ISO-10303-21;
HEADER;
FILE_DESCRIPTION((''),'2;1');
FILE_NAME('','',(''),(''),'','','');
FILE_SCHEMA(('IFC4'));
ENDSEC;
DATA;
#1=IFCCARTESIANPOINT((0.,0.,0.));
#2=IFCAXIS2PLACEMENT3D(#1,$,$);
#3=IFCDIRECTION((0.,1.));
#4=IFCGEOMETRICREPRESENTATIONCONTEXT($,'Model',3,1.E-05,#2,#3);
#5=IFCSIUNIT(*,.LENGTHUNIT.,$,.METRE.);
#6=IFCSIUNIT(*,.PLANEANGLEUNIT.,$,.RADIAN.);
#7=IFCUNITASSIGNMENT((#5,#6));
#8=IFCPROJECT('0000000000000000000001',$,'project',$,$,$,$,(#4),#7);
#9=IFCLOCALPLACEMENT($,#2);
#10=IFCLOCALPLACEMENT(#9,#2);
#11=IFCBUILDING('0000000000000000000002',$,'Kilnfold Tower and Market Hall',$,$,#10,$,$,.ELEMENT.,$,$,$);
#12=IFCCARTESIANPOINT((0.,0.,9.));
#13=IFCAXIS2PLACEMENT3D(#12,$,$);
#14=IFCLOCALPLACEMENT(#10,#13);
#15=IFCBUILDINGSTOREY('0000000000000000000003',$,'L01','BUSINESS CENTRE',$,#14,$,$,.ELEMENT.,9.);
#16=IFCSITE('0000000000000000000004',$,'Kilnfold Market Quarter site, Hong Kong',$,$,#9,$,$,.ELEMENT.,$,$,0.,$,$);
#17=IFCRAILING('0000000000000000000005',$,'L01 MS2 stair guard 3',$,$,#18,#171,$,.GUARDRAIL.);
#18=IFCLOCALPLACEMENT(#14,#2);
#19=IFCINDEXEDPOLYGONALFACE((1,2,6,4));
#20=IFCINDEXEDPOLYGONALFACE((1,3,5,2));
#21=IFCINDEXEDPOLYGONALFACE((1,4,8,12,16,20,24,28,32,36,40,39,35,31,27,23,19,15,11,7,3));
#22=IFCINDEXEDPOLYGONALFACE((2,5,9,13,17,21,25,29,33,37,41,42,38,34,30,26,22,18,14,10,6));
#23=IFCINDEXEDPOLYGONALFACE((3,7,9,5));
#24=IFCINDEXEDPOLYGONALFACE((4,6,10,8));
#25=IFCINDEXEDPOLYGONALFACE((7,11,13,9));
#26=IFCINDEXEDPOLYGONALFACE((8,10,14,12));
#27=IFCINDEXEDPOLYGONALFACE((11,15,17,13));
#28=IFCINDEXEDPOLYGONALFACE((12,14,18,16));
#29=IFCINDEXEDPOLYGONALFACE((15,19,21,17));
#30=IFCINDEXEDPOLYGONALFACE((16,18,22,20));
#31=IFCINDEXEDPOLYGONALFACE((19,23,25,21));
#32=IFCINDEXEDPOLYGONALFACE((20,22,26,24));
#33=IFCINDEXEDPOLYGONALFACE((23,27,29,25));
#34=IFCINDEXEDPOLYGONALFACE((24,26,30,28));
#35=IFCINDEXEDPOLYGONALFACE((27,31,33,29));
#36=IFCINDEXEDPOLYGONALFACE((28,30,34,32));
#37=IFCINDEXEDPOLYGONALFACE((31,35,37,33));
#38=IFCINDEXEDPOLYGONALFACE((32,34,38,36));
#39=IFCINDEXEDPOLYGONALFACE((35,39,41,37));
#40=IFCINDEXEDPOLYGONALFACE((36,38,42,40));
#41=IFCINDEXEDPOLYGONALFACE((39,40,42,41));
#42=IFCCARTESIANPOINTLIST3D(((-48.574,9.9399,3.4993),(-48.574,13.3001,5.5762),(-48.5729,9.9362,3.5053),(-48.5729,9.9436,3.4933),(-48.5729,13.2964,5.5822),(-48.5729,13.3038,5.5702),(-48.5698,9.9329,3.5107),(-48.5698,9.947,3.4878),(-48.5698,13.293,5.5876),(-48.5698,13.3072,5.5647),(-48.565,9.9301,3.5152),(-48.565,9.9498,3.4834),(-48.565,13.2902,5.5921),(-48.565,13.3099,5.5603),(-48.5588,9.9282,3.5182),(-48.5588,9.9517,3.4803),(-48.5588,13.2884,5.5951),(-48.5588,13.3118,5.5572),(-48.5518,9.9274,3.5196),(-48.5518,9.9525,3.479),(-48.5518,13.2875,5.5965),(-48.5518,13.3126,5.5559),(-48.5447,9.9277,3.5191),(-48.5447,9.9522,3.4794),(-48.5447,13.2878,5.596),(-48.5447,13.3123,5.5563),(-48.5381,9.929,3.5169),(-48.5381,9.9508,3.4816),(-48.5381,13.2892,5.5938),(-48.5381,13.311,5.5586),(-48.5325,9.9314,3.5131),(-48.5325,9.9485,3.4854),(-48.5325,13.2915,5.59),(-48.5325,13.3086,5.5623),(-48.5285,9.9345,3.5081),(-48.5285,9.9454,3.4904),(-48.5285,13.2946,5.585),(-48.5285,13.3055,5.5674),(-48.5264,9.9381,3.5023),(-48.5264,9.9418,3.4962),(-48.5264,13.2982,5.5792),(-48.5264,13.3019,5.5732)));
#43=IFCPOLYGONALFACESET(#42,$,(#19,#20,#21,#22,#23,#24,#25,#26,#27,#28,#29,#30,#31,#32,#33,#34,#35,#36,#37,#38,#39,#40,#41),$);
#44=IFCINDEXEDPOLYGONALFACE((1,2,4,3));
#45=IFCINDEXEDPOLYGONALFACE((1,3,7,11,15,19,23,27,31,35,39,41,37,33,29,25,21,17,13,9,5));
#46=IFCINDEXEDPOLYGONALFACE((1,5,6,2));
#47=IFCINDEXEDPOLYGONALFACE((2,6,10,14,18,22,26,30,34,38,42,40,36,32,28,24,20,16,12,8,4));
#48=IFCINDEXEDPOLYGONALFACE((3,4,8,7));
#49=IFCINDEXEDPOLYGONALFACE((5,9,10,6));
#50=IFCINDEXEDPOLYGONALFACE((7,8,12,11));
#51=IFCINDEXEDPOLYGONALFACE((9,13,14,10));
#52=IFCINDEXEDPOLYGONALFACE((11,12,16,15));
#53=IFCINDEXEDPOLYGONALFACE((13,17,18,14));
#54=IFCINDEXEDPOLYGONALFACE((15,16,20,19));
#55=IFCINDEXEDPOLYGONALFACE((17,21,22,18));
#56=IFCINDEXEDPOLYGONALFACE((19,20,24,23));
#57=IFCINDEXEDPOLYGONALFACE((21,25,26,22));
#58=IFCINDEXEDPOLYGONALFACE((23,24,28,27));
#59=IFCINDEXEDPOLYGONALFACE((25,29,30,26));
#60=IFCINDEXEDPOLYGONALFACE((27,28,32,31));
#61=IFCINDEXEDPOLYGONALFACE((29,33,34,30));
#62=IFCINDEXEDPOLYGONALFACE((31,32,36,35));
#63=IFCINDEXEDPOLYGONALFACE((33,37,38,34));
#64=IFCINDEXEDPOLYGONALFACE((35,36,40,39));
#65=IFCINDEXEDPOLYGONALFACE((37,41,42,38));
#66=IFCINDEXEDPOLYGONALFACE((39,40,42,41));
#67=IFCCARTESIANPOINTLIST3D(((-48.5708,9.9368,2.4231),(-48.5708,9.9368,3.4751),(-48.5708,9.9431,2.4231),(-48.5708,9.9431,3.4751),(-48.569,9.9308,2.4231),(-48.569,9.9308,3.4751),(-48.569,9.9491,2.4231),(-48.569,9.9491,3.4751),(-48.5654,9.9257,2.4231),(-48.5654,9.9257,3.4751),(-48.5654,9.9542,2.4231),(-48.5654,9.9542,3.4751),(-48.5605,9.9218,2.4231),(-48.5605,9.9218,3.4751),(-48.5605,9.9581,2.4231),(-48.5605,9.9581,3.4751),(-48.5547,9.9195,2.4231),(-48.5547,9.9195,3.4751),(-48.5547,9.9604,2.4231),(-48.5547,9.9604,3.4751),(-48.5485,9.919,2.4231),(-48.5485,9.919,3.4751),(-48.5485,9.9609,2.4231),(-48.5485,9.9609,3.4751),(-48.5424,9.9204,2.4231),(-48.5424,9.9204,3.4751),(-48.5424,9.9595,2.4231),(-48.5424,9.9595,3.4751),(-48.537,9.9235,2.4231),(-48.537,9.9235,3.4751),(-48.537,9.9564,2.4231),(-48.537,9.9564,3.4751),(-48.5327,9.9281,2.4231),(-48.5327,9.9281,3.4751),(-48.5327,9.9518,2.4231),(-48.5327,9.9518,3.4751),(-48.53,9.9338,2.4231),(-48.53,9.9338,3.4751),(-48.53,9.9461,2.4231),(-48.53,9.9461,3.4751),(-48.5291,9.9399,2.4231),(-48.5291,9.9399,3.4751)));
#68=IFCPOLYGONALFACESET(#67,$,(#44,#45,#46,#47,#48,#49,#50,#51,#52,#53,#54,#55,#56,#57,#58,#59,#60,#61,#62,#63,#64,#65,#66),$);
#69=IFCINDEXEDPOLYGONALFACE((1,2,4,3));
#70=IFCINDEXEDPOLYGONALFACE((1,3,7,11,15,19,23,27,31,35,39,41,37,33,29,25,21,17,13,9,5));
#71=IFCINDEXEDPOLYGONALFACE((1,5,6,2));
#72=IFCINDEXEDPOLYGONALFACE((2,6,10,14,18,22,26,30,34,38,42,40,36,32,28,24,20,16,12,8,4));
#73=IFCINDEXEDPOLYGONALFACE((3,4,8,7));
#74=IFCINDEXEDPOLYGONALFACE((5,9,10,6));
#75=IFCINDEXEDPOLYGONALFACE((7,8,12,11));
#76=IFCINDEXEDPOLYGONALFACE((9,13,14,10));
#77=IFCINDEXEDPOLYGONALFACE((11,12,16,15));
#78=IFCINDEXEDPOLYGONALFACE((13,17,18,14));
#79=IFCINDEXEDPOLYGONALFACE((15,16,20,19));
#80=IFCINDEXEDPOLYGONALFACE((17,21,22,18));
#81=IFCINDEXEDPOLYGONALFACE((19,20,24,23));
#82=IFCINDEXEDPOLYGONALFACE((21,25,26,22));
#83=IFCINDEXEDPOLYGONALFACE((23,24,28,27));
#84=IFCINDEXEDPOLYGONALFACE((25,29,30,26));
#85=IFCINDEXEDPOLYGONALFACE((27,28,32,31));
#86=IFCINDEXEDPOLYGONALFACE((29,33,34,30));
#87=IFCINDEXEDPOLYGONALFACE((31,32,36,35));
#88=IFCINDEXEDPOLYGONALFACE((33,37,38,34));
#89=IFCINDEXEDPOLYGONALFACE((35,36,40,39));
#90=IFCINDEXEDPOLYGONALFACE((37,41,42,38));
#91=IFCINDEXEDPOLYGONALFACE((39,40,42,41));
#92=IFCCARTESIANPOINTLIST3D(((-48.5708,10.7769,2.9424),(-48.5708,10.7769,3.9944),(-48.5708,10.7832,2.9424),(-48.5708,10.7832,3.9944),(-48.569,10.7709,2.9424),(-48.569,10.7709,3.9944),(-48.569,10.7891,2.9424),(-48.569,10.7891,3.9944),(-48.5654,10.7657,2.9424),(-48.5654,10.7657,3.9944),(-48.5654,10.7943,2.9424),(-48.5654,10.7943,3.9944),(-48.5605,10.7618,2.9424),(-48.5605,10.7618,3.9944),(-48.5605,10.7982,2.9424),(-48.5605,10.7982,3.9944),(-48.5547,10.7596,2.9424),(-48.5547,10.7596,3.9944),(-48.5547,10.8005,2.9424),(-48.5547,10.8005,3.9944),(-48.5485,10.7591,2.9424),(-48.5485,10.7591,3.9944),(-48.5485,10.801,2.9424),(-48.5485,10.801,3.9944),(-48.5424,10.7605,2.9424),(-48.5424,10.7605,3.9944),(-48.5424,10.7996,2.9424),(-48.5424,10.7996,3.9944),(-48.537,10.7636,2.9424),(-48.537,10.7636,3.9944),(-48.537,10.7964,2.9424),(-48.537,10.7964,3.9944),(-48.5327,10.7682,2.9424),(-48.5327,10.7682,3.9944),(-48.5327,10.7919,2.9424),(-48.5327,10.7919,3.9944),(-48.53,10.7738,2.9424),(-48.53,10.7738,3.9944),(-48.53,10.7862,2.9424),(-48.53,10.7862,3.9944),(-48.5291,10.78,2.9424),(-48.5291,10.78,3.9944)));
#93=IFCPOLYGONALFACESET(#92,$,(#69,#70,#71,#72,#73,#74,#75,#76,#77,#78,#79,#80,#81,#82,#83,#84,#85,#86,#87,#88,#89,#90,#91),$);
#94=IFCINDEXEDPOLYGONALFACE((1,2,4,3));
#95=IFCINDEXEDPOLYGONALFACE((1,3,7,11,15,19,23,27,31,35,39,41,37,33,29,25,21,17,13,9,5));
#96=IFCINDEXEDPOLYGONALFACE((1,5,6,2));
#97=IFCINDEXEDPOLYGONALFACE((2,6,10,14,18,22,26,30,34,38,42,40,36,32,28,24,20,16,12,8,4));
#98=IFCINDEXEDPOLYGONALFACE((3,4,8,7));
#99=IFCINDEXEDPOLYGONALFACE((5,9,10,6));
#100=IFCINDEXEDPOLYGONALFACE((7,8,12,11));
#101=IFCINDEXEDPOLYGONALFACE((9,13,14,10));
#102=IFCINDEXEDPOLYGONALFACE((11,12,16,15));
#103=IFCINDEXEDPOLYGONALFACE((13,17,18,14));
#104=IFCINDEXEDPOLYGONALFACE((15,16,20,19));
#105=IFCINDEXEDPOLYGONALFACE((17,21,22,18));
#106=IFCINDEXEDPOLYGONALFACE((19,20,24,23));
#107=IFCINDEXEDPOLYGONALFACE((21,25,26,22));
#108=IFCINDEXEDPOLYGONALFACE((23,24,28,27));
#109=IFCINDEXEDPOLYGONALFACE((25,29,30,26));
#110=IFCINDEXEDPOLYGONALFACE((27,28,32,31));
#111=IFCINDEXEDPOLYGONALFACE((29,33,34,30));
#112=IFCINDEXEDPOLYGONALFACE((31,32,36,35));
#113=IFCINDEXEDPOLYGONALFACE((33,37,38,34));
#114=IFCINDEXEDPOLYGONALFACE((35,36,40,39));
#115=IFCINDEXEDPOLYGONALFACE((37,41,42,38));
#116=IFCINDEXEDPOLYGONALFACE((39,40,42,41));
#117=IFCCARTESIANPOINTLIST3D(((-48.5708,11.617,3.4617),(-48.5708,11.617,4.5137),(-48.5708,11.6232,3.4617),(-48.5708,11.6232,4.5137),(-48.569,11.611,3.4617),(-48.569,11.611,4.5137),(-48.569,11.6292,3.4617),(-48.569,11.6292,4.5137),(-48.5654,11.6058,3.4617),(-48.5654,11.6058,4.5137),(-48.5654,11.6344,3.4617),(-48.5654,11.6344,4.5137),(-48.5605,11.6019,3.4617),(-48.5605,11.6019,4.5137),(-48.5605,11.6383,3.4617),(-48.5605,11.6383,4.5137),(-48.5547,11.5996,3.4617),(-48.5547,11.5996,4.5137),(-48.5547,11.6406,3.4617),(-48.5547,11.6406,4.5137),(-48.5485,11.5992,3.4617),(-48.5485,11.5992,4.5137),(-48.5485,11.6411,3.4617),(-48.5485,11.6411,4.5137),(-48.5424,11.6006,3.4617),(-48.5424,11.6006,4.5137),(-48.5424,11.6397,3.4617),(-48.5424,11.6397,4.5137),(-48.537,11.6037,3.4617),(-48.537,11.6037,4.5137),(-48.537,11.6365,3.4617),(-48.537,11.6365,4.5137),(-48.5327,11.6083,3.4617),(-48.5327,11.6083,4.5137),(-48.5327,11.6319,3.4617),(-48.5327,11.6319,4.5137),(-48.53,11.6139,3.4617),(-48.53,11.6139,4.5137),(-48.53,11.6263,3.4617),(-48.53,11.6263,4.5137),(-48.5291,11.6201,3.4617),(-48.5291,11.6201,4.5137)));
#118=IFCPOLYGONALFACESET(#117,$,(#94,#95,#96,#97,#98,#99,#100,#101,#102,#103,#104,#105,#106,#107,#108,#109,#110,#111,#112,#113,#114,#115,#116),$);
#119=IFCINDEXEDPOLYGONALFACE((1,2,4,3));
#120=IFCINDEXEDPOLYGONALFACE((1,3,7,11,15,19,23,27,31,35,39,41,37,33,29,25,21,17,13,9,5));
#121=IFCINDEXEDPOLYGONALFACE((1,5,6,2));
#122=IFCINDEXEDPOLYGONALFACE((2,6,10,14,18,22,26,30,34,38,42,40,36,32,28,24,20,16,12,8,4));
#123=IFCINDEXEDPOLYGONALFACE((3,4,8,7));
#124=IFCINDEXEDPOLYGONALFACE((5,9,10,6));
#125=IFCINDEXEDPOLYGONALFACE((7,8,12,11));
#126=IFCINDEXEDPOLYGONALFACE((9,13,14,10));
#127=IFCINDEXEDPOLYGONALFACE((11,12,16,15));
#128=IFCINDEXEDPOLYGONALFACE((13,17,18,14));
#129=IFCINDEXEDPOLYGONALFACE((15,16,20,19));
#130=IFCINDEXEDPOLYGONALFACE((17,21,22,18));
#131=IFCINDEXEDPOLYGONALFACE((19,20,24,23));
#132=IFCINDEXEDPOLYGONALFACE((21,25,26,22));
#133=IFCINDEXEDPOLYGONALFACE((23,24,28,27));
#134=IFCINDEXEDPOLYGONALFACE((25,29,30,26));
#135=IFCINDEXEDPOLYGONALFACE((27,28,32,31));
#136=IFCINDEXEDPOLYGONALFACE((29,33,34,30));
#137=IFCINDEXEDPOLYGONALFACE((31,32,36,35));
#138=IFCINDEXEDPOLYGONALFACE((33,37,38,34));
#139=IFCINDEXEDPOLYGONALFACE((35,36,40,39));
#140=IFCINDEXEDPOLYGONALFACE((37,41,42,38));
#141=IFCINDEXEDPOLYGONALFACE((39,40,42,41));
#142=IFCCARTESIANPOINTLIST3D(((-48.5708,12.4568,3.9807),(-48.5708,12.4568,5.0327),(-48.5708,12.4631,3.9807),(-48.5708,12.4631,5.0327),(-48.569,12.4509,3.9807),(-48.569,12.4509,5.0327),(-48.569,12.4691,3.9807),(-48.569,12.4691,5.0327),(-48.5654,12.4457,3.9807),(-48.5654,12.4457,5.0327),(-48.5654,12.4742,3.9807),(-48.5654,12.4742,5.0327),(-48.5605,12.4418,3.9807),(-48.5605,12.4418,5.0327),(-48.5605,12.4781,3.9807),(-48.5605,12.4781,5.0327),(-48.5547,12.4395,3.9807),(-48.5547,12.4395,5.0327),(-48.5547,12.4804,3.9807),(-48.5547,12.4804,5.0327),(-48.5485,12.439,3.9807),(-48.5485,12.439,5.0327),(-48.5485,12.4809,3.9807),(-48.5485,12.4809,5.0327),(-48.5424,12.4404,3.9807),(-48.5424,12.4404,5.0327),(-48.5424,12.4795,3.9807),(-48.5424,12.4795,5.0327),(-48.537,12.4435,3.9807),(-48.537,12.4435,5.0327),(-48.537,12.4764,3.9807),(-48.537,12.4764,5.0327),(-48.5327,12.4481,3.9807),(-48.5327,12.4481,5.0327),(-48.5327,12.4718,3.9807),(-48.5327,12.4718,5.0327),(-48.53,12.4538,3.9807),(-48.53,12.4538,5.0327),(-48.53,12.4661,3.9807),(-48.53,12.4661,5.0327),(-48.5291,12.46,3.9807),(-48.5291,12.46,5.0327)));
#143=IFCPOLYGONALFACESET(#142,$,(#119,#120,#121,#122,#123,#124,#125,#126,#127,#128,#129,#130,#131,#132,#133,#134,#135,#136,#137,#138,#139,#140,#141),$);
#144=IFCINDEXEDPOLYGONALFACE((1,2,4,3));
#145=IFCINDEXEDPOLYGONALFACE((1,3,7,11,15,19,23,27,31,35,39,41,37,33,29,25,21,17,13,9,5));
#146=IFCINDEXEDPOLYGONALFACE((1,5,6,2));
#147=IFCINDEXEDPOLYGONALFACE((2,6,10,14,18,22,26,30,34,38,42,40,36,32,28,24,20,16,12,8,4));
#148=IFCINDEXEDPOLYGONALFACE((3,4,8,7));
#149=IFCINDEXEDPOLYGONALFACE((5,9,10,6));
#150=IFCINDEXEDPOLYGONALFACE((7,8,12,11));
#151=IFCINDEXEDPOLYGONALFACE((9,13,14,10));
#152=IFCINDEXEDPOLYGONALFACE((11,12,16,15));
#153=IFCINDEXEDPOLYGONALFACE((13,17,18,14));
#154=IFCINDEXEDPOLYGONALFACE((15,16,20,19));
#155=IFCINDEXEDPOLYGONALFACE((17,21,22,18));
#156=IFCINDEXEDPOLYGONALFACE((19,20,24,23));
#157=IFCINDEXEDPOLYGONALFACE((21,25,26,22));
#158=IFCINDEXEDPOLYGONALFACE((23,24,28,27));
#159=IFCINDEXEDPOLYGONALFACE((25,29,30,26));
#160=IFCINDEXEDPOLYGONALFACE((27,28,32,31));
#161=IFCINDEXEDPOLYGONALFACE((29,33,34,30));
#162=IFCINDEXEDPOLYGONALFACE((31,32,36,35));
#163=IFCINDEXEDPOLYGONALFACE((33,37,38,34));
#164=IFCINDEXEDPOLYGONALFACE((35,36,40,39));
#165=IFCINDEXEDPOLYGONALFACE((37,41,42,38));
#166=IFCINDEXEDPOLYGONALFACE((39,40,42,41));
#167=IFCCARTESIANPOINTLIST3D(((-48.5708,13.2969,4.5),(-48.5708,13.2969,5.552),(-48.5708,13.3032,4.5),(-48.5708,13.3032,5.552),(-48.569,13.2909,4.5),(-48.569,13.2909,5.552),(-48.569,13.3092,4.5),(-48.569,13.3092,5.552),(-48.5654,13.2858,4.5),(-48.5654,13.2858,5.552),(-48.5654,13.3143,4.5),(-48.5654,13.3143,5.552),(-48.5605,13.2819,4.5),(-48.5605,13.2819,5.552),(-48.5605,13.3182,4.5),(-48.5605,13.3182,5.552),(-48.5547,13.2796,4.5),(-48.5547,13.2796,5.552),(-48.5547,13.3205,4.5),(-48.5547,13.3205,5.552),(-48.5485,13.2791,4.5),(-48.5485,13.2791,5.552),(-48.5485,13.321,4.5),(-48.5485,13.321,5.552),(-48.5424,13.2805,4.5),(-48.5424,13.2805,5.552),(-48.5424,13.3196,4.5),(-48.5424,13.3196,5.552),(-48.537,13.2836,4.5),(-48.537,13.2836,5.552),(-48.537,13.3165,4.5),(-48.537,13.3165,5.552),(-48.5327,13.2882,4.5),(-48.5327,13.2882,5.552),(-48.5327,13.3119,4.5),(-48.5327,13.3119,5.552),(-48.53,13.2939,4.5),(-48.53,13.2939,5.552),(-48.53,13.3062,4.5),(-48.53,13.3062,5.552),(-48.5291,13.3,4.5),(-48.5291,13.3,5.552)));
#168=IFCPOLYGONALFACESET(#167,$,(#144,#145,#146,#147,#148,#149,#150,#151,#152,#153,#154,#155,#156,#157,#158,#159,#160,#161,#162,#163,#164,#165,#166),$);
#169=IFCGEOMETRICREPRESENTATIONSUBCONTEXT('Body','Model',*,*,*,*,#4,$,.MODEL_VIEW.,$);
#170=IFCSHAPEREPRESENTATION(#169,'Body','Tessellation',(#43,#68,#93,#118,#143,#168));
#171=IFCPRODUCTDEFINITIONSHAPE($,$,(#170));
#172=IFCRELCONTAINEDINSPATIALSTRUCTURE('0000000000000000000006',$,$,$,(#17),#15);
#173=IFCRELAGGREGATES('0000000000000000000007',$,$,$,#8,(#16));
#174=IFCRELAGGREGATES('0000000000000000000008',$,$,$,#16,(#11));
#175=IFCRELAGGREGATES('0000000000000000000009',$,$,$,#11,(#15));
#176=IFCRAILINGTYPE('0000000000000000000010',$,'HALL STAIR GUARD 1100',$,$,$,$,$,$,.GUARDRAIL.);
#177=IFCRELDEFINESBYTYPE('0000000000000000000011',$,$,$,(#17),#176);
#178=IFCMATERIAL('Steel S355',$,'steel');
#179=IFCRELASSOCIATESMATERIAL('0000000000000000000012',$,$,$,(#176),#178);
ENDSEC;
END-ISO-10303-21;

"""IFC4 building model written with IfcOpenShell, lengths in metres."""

from ifc_helpers import new_model, si_unit, direction, frame, origin, origin_2d, place, context, subcontext, project, spatial, circle, extrude, material, type_object, element, save


model = new_model("IFC4")

# Units and contexts
model_context = context("Model", 3, precision=1e-05, world=origin(), true_north=direction((0.0, 1.0)))
body_context = subcontext(model_context, "Body", "Model", "MODEL_VIEW")
ifc_project = project(units=[si_unit("LENGTHUNIT", "METRE"), si_unit("PLANEANGLEUNIT", "RADIAN")], contexts=[model_context])

# Site, building, storey
site_placement = place(None, origin())
site = spatial("IfcSite", under=ifc_project, at=site_placement, Name="Kilnfold Market Quarter site, Hong Kong", CompositionType="ELEMENT", RefElevation=0.0)
building_placement = place(site_placement, origin())
building = spatial("IfcBuilding", under=site, at=building_placement, Name="Kilnfold Tower and Market Hall", CompositionType="ELEMENT")
storey_placement = place(building_placement, frame((0.0, 0.0, 9.0)))
storey = spatial("IfcBuildingStorey", under=building, at=storey_placement, Name="L01", Description="BUSINESS CENTRE", CompositionType="ELEMENT", Elevation=9.0)

# Railing
ifc_material_1 = material(Name="Steel S355", Category="steel")
railing_type_1 = type_object("IfcRailingType", Name="HALL STAIR GUARD 1100", PredefinedType="GUARDRAIL", material=ifc_material_1)
railing_1_placement = place(storey_placement, frame((-48.55, 9.9399, 2.4231)))
element("IfcRailing", 1, at=railing_1_placement, inside=storey, type_object=railing_type_1, Name="L01 MS2 stair guard 3", PredefinedType="GUARDRAIL", context=body_context, shape_type="SweptSolid", body=[
    extrude(circle(Radius=0.0239, at=origin_2d()), frame((0.0, 0.0, 1.0762), z_axis=(0.0, 0.850623, 0.525776), x_axis=(-1.0, 0.0, 0.0)), (0.0, 0.0, 1.0), 3.9502),
    extrude(circle(Radius=0.021, at=origin_2d()), origin(), (0.0, 0.0, 1.0), 1.052),
    extrude(circle(Radius=0.021, at=origin_2d()), frame((0.0, 0.8401, 0.5193)), (0.0, 0.0, 1.0), 1.052),
    extrude(circle(Radius=0.021, at=origin_2d()), frame((0.0, 1.6802, 1.0386)), (0.0, 0.0, 1.0), 1.052),
    extrude(circle(Radius=0.021, at=origin_2d()), frame((0.0, 2.52, 1.5576)), (0.0, 0.0, 1.0), 1.052),
    extrude(circle(Radius=0.021, at=origin_2d()), frame((0.0, 3.3601, 2.0769)), (0.0, 0.0, 1.0), 1.052),
])

save(model, "model.ifc")
